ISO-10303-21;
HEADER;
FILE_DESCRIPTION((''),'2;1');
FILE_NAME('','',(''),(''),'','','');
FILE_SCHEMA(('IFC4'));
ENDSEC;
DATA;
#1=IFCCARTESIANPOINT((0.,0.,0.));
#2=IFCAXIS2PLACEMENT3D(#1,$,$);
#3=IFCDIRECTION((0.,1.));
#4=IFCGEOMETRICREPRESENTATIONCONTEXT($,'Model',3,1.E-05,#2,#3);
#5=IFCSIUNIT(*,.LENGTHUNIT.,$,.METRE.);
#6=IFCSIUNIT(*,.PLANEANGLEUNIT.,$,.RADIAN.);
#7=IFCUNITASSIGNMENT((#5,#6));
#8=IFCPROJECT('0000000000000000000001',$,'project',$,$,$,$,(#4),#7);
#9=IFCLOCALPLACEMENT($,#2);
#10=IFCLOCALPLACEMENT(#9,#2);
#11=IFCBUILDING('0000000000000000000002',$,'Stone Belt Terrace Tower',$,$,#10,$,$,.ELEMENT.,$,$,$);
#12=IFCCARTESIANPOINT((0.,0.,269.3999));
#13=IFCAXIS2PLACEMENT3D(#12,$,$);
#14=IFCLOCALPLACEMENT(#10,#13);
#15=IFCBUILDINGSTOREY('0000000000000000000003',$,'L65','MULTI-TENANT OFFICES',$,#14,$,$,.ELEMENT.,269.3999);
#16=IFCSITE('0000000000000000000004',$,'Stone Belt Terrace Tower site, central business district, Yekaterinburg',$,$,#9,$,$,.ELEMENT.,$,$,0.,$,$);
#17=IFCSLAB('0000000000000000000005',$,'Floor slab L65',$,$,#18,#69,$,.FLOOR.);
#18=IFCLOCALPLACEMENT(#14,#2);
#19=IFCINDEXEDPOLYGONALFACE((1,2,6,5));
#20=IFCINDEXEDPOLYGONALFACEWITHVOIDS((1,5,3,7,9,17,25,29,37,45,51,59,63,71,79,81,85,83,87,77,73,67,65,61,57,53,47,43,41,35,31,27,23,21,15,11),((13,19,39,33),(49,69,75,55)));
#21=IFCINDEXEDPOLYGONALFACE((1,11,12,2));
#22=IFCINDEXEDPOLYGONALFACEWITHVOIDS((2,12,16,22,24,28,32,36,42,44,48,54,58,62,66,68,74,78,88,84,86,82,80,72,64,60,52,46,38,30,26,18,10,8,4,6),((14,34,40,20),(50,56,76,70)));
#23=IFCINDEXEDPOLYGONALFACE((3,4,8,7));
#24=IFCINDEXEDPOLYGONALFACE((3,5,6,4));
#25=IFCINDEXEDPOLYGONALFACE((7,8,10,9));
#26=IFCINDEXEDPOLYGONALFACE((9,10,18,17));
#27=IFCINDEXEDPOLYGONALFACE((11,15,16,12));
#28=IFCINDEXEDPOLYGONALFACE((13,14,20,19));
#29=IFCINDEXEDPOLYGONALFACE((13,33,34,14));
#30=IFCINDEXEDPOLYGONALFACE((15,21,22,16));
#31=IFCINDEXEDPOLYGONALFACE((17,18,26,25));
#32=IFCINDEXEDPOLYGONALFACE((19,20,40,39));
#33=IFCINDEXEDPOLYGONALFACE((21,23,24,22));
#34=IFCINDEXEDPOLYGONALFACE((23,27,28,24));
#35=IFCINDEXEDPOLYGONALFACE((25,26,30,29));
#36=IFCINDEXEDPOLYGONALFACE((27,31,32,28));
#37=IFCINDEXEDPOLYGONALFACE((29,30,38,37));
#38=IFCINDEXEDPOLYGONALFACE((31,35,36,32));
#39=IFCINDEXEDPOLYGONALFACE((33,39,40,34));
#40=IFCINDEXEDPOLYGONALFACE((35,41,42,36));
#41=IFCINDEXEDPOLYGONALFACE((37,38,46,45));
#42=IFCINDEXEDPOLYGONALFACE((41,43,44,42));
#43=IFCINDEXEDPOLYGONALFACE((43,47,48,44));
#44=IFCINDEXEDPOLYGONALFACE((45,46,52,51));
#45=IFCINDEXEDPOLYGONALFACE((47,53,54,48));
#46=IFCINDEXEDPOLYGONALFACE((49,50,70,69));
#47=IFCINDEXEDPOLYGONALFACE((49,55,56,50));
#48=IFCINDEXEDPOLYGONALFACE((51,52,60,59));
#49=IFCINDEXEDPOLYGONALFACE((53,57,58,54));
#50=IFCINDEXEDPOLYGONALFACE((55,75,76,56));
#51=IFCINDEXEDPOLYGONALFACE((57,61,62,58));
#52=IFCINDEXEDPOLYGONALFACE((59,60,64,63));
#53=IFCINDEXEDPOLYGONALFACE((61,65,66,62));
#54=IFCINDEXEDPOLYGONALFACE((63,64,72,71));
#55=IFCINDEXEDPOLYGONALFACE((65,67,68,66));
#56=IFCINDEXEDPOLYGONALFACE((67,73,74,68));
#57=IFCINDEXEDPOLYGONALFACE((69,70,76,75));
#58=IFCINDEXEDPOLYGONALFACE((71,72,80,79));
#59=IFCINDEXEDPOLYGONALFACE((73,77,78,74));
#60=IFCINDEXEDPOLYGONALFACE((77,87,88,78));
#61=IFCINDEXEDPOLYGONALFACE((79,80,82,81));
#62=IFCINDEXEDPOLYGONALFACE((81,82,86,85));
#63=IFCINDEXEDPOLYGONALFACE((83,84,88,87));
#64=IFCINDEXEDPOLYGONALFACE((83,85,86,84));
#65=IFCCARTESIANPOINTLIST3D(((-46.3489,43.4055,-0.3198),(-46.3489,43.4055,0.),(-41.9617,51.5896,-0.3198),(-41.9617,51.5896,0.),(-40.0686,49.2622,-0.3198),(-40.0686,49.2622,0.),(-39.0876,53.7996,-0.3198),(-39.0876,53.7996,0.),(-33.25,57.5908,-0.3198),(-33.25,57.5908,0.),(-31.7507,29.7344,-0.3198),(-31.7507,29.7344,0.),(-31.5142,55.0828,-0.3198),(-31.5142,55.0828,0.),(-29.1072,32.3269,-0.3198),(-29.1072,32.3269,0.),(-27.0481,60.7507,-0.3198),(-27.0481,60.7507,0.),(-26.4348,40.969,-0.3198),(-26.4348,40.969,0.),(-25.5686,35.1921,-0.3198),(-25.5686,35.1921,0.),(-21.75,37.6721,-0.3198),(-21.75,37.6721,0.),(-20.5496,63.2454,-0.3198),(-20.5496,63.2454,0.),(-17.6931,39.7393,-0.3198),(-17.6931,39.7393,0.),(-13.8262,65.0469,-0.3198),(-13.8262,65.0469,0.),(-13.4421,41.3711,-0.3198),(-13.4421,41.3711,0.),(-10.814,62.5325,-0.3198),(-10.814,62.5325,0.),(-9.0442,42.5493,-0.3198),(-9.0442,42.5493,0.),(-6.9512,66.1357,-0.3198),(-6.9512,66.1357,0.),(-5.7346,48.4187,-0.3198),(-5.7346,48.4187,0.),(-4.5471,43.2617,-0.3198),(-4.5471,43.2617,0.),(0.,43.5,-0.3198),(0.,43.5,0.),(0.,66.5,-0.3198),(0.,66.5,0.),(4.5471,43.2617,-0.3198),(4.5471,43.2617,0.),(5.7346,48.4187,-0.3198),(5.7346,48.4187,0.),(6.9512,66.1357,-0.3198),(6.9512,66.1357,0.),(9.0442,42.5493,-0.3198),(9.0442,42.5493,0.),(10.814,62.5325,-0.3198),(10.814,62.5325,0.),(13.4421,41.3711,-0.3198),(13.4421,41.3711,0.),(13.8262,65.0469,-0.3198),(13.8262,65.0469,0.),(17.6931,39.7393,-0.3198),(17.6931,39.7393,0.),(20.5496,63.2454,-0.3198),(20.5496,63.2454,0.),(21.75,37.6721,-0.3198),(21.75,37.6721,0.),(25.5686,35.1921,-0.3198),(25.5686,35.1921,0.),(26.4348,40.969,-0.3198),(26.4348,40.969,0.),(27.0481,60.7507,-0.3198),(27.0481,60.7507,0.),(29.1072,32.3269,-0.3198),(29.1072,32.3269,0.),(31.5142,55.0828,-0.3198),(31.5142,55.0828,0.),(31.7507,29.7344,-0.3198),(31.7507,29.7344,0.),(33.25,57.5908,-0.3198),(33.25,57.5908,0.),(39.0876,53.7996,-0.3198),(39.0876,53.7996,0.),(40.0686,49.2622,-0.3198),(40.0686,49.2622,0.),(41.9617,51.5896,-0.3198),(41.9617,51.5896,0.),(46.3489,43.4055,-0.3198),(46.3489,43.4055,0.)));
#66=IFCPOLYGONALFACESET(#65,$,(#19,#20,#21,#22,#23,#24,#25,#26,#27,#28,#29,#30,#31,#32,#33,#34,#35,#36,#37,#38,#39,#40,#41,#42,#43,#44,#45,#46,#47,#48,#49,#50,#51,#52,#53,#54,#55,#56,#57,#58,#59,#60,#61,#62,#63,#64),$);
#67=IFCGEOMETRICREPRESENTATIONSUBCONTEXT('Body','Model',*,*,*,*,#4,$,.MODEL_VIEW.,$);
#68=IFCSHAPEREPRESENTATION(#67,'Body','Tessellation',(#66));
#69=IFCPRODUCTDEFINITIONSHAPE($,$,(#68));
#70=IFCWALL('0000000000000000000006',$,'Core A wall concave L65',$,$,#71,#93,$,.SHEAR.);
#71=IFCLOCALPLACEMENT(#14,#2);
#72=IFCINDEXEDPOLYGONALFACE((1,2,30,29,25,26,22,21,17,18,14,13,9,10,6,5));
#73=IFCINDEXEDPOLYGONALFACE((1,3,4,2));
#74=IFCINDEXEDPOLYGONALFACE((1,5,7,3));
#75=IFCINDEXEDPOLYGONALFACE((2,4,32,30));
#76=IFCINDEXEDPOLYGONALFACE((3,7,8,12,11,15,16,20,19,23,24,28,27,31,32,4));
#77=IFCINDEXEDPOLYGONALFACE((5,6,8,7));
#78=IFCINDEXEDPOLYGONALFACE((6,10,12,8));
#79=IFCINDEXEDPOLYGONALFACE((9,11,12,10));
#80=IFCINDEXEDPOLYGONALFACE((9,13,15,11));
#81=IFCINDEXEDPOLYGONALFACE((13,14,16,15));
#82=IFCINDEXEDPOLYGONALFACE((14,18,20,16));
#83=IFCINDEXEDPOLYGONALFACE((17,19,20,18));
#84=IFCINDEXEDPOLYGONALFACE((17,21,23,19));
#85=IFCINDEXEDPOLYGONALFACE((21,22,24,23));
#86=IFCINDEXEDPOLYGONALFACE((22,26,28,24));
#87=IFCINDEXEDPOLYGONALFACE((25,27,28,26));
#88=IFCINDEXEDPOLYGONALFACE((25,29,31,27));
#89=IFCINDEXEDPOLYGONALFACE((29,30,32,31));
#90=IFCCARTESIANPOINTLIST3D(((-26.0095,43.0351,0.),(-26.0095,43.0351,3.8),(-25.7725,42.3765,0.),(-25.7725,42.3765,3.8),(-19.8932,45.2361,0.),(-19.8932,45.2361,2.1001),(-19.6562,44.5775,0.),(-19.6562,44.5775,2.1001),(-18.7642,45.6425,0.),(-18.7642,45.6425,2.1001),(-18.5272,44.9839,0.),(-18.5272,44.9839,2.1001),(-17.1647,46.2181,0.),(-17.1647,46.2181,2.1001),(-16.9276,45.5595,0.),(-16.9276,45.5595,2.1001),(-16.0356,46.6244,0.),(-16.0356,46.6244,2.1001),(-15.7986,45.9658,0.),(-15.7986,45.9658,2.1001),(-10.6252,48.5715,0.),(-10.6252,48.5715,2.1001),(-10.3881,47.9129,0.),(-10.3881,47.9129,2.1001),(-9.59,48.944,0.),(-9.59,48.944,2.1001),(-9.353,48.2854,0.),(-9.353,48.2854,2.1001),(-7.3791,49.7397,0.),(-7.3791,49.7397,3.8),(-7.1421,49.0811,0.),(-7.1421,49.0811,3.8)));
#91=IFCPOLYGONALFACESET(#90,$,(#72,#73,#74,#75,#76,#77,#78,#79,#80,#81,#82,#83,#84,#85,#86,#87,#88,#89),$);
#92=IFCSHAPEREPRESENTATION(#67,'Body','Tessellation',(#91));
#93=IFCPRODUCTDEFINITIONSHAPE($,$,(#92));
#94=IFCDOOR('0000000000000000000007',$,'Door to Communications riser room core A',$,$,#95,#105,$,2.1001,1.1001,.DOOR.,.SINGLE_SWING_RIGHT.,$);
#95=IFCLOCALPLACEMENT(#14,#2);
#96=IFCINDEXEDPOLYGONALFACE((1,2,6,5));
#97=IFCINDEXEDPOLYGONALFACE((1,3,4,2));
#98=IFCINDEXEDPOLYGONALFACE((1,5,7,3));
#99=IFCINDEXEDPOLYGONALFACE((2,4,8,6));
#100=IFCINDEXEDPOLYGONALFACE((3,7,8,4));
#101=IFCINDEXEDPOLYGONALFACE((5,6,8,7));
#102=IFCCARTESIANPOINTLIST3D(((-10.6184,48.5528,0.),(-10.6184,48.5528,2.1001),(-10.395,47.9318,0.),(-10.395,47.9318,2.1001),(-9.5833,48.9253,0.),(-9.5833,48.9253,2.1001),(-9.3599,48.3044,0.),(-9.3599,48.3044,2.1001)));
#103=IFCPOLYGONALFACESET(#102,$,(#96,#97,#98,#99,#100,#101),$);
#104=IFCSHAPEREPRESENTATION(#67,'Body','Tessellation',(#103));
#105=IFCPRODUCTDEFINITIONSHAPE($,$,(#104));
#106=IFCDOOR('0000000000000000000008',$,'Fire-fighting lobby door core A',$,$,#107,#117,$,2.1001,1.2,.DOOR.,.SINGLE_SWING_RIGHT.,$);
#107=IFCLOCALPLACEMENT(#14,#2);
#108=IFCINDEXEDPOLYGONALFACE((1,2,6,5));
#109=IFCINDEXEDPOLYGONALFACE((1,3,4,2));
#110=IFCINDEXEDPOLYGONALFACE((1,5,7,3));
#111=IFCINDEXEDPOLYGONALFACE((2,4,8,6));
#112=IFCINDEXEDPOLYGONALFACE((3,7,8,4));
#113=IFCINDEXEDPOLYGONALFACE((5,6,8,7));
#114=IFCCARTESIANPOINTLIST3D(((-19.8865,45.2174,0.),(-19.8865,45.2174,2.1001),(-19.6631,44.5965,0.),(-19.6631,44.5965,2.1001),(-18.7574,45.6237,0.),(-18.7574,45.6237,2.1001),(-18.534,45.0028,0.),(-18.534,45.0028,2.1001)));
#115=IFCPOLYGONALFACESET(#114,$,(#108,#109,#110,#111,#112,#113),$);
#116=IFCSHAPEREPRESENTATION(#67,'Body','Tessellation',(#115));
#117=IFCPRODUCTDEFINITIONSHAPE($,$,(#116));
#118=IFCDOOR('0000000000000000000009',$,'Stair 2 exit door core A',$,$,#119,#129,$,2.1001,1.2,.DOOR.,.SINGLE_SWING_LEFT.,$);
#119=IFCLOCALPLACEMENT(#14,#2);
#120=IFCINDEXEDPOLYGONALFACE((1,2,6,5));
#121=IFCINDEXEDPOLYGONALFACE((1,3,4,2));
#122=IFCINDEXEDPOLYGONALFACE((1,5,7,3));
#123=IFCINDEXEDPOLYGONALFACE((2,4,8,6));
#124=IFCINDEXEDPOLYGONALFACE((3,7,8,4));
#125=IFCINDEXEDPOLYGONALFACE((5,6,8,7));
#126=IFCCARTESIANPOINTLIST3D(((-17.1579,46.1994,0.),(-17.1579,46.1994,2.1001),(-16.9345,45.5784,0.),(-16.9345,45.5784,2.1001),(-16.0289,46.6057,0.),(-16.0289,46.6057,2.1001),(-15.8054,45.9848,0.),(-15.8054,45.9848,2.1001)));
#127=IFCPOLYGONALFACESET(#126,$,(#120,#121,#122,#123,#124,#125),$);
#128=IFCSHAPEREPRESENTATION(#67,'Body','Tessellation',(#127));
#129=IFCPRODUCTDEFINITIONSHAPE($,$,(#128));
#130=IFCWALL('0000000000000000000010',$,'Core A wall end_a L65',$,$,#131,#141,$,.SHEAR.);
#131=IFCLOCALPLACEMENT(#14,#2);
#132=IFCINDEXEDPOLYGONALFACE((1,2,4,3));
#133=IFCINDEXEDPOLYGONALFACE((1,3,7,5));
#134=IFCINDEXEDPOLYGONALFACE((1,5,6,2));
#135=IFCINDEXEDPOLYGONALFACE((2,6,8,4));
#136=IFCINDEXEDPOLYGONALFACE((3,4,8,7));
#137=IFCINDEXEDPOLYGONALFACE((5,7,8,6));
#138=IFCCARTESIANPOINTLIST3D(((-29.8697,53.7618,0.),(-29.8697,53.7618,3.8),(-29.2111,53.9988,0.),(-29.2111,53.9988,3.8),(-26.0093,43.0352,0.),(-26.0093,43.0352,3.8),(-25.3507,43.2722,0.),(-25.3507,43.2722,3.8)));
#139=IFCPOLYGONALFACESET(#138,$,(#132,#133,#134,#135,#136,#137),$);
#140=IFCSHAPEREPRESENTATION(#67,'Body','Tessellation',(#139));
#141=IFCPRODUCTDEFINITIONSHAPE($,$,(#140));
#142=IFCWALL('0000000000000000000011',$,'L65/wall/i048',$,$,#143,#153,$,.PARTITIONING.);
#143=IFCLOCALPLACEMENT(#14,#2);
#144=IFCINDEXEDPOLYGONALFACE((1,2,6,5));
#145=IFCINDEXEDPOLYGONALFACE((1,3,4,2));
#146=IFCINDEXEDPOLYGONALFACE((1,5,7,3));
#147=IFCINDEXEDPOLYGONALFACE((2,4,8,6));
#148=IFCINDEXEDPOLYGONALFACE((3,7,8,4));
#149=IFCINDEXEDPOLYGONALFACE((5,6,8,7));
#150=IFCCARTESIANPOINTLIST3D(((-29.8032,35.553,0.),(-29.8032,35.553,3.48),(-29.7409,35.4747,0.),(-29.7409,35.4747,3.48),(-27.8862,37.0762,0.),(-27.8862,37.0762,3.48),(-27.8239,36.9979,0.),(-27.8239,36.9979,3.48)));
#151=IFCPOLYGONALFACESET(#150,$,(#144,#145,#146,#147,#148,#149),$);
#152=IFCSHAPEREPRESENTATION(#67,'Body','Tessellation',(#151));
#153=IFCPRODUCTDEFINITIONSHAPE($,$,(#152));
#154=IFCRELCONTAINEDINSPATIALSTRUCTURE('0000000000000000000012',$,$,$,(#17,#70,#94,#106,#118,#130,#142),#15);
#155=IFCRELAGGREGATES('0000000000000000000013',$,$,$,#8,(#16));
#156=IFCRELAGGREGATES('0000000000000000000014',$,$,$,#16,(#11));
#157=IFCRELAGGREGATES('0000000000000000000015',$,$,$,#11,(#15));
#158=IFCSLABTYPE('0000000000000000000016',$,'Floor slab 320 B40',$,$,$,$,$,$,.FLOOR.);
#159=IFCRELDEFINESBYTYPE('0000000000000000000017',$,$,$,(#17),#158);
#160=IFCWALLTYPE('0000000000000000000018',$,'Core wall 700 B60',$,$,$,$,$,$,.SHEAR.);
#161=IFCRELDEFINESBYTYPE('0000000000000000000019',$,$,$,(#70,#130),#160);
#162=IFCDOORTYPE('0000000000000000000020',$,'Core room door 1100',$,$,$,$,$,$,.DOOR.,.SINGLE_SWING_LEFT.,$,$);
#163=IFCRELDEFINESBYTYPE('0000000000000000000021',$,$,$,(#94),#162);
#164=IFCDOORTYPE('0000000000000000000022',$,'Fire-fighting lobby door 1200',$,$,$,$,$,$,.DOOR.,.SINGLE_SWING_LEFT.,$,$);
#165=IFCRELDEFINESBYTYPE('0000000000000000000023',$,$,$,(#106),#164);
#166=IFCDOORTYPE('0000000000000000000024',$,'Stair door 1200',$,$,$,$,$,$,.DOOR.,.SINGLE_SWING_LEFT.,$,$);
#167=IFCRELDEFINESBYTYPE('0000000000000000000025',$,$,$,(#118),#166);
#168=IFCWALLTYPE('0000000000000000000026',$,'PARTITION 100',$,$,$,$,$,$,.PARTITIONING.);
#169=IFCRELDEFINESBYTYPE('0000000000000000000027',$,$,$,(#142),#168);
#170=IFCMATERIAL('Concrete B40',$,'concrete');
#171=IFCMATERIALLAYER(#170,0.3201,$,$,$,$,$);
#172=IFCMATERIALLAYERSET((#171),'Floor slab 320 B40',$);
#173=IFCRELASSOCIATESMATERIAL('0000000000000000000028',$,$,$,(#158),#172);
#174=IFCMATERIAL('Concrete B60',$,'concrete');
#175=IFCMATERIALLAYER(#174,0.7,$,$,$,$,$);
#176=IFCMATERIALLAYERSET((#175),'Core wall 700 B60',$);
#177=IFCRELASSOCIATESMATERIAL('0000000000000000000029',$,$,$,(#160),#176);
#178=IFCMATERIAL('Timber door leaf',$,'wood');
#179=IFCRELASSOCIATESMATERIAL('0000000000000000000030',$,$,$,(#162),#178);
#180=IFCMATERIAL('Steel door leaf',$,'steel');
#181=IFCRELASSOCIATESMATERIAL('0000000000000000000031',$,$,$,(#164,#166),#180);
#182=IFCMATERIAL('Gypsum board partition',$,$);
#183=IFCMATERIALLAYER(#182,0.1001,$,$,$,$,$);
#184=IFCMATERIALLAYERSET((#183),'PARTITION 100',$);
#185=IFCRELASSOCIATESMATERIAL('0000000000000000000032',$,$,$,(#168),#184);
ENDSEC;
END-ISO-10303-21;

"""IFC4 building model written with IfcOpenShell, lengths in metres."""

from ifc_helpers import new_model, si_unit, direction, frame, frame_2d, origin, place, context, subcontext, project, spatial, polyline, rectangle, outline, extrude, material, layer, layer_set, type_object, element, fill, save


model = new_model("IFC4")

# Units and contexts
model_context = context("Model", 3, precision=1e-05, world=origin(), true_north=direction((0.0, 1.0)))
body_context = subcontext(model_context, "Body", "Model", "MODEL_VIEW")
ifc_project = project(units=[si_unit("LENGTHUNIT", "METRE"), si_unit("PLANEANGLEUNIT", "RADIAN")], contexts=[model_context])

# Site, building, storey
site_placement = place(None, origin())
site = spatial("IfcSite", under=ifc_project, at=site_placement, Name="Stone Belt Terrace Tower site, central business district, Yekaterinburg", CompositionType="ELEMENT", RefElevation=0.0)
building_placement = place(site_placement, origin())
building = spatial("IfcBuilding", under=site, at=building_placement, Name="Stone Belt Terrace Tower", CompositionType="ELEMENT")
storey_placement = place(building_placement, frame((0.0, 0.0, 269.3999)))
storey = spatial("IfcBuildingStorey", under=building, at=storey_placement, Name="L65", Description="MULTI-TENANT OFFICES", CompositionType="ELEMENT", Elevation=269.3999)

# Shared definitions
ifc_material_1 = material(Name="Concrete B60", Category="concrete")

# Slab
ifc_material_2 = material(Name="Concrete B40", Category="concrete")
ifc_layer_1 = layer(ifc_material_2, 0.3201)
ifc_layer_set_1 = layer_set([ifc_layer_1], Name="Floor slab 320 B40")
slab_type = type_object("IfcSlabType", Name="Floor slab 320 B40", PredefinedType="FLOOR", material=ifc_layer_set_1)
slab_placement = place(storey_placement, frame((0.0, 0.0, -0.3198)))
element("IfcSlab", 1, at=slab_placement, inside=storey, type_object=slab_type, Name="Floor slab L65", PredefinedType="FLOOR", context=body_context, shape_type="SweptSolid", body=[
    extrude(outline(polyline([(-40.0686, 49.2622), (-41.9617, 51.5896), (-39.0876, 53.7996), (-33.25, 57.5908), (-27.0481, 60.7507), (-20.5496, 63.2454), (-13.8262, 65.0469), (-6.9512, 66.1357), (0.0, 66.5), (6.9512, 66.1357), (13.8262, 65.0469), (20.5496, 63.2454), (27.0481, 60.7507), (33.25, 57.5908), (39.0876, 53.7996), (41.9617, 51.5896), (40.0686, 49.2622), (46.3489, 43.4055), (31.7507, 29.7344), (29.1072, 32.3269), (25.5686, 35.1921), (21.75, 37.6721), (17.6931, 39.7393), (13.4421, 41.3711), (9.0442, 42.5493), (4.5471, 43.2617), (0.0, 43.5), (-4.5471, 43.2617), (-9.0442, 42.5493), (-13.4421, 41.3711), (-17.6931, 39.7393), (-21.75, 37.6721), (-25.5686, 35.1921), (-29.1072, 32.3269), (-31.7507, 29.7344), (-46.3489, 43.4055), (-40.0686, 49.2622)]), holes=[polyline([(-10.814, 62.5325), (-31.5142, 55.0828), (-26.4348, 40.969), (-5.7346, 48.4187), (-10.814, 62.5325)]), polyline([(26.4348, 40.969), (31.5142, 55.0828), (10.814, 62.5325), (5.7346, 48.4187), (26.4348, 40.969)])]), origin(), (0.0, 0.0, 1.0), 0.3198),
])

# Wall, openings, doors
ifc_layer_2 = layer(ifc_material_1, 0.7)
ifc_layer_set_2 = layer_set([ifc_layer_2], Name="Core wall 700 B60")
wall_type_1 = type_object("IfcWallType", Name="Core wall 700 B60", PredefinedType="SHEAR", material=ifc_layer_set_2)
wall_1_placement = place(storey_placement, frame((-25.8909, 42.7058, 0.0), z_axis=(0.0, 0.0, 1.0), x_axis=(0.940925, 0.338615, 0.0)))
wall_1 = element("IfcWall", 2, at=wall_1_placement, inside=storey, type_object=wall_type_1, Name="Core A wall concave L65", PredefinedType="SHEAR", context=body_context, shape_type="SweptSolid", body=[
    extrude(rectangle(XDim=19.8, YDim=0.7, at=frame_2d((9.8999, 0.0))), origin(), (0.0, 0.0, 1.0), 3.8),
])
opening_1_placement = place(wall_1_placement, frame((6.5, 0.0, 0.0)))
opening_1 = element("IfcOpeningElement", 3, at=opening_1_placement, cuts=wall_1, PredefinedType="OPENING", context=body_context, shape_type="SweptSolid", body=[
    extrude(rectangle(XDim=1.2, YDim=2.1001, at=frame_2d((0.6001, 1.05))), frame((0.0, 0.3599, 0.0), z_axis=(0.0, -1.0, 0.0), x_axis=(1.0, 0.0, 0.0)), (0.0, 0.0, 1.0), 0.72),
])
opening_2_placement = place(wall_1_placement, frame((9.3999, 0.0, 0.0)))
opening_2 = element("IfcOpeningElement", 4, at=opening_2_placement, cuts=wall_1, PredefinedType="OPENING", context=body_context, shape_type="SweptSolid", body=[
    extrude(rectangle(XDim=1.2, YDim=2.1001, at=frame_2d((0.6001, 1.05))), frame((0.0, 0.3599, 0.0), z_axis=(0.0, -1.0, 0.0), x_axis=(1.0, 0.0, 0.0)), (0.0, 0.0, 1.0), 0.72),
])
opening_3_placement = place(wall_1_placement, frame((16.3501, 0.0, 0.0)))
opening_3 = element("IfcOpeningElement", 5, at=opening_3_placement, cuts=wall_1, PredefinedType="OPENING", context=body_context, shape_type="SweptSolid", body=[
    extrude(rectangle(XDim=1.1001, YDim=2.1001, at=frame_2d((0.55, 1.05))), frame((0.0, 0.3599, 0.0), z_axis=(0.0, -1.0, 0.0), x_axis=(1.0, 0.0, 0.0)), (0.0, 0.0, 1.0), 0.72),
])
ifc_material_3 = material(Name="Timber door leaf", Category="wood")
door_type_1 = type_object("IfcDoorType", Name="Core room door 1100", OperationType="SINGLE_SWING_LEFT", PredefinedType="DOOR", material=ifc_material_3)
door_1_placement = place(opening_3_placement, origin())
door_1 = element("IfcDoor", 6, at=door_1_placement, inside=storey, type_object=door_type_1, Name="Door to Communications riser room core A", OperationType="SINGLE_SWING_RIGHT", OverallHeight=2.1001, OverallWidth=1.1001, PredefinedType="DOOR", context=body_context, shape_type="SweptSolid", body=[
    extrude(rectangle(XDim=1.1001, YDim=2.1001, at=frame_2d((0.55, 1.05))), frame((0.0, 0.3301, 0.0), z_axis=(0.0, -1.0, 0.0), x_axis=(1.0, 0.0, 0.0)), (0.0, 0.0, 1.0), 0.6599),
])
fill(opening_3, door_1)
ifc_material_4 = material(Name="Steel door leaf", Category="steel")
door_type_2 = type_object("IfcDoorType", Name="Fire-fighting lobby door 1200", OperationType="SINGLE_SWING_LEFT", PredefinedType="DOOR", material=ifc_material_4)
door_2_placement = place(opening_1_placement, origin())
door_2 = element("IfcDoor", 7, at=door_2_placement, inside=storey, type_object=door_type_2, Name="Fire-fighting lobby door core A", OperationType="SINGLE_SWING_RIGHT", OverallHeight=2.1001, OverallWidth=1.2, PredefinedType="DOOR", context=body_context, shape_type="SweptSolid", body=[
    extrude(rectangle(XDim=1.2, YDim=2.1001, at=frame_2d((0.6001, 1.05))), frame((0.0, 0.3301, 0.0), z_axis=(0.0, -1.0, 0.0), x_axis=(1.0, 0.0, 0.0)), (0.0, 0.0, 1.0), 0.6599),
])
fill(opening_1, door_2)
door_type_3 = type_object("IfcDoorType", Name="Stair door 1200", OperationType="SINGLE_SWING_LEFT", PredefinedType="DOOR", material=ifc_material_4)
door_3_placement = place(opening_2_placement, origin())
door_3 = element("IfcDoor", 8, at=door_3_placement, inside=storey, type_object=door_type_3, Name="Stair 2 exit door core A", OperationType="SINGLE_SWING_LEFT", OverallHeight=2.1001, OverallWidth=1.2, PredefinedType="DOOR", context=body_context, shape_type="SweptSolid", body=[
    extrude(rectangle(XDim=1.2, YDim=2.1001, at=frame_2d((0.6001, 1.05))), frame((0.0, 0.3301, 0.0), z_axis=(0.0, -1.0, 0.0), x_axis=(1.0, 0.0, 0.0)), (0.0, 0.0, 1.0), 0.6599),
])
fill(opening_2, door_3)

# Walls
wall_2_placement = place(storey_placement, frame((-25.6799, 43.1536, 0.0), z_axis=(0.0, 0.0, 1.0), x_axis=(-0.338625, 0.940921, 0.0)))
element("IfcWall", 9, at=wall_2_placement, inside=storey, type_object=wall_type_1, Name="Core A wall end_a L65", PredefinedType="SHEAR", context=body_context, shape_type="SweptSolid", body=[
    extrude(rectangle(XDim=11.4001, YDim=0.7, at=frame_2d((5.7002, 0.0))), origin(), (0.0, 0.0, 1.0), 3.8),
])
ifc_material_5 = material(Name="Gypsum board partition")
ifc_layer_3 = layer(ifc_material_5, 0.1001)
ifc_layer_set_3 = layer_set([ifc_layer_3], Name="PARTITION 100")
wall_type_2 = type_object("IfcWallType", Name="PARTITION 100", PredefinedType="PARTITIONING", material=ifc_layer_set_3)
wall_3_placement = place(storey_placement, frame((-29.772, 35.5139, 0.0), z_axis=(0.0, 0.0, 1.0), x_axis=(0.782937, 0.622102, 0.0)))
element("IfcWall", 10, at=wall_3_placement, inside=storey, type_object=wall_type_2, Name="L65/wall/i048", PredefinedType="PARTITIONING", context=body_context, shape_type="SweptSolid", body=[
    extrude(rectangle(XDim=2.4485, YDim=0.1001, at=frame_2d((1.2241, 0.0))), origin(), (0.0, 0.0, 1.0), 3.48),
])

save(model, "model.ifc")
